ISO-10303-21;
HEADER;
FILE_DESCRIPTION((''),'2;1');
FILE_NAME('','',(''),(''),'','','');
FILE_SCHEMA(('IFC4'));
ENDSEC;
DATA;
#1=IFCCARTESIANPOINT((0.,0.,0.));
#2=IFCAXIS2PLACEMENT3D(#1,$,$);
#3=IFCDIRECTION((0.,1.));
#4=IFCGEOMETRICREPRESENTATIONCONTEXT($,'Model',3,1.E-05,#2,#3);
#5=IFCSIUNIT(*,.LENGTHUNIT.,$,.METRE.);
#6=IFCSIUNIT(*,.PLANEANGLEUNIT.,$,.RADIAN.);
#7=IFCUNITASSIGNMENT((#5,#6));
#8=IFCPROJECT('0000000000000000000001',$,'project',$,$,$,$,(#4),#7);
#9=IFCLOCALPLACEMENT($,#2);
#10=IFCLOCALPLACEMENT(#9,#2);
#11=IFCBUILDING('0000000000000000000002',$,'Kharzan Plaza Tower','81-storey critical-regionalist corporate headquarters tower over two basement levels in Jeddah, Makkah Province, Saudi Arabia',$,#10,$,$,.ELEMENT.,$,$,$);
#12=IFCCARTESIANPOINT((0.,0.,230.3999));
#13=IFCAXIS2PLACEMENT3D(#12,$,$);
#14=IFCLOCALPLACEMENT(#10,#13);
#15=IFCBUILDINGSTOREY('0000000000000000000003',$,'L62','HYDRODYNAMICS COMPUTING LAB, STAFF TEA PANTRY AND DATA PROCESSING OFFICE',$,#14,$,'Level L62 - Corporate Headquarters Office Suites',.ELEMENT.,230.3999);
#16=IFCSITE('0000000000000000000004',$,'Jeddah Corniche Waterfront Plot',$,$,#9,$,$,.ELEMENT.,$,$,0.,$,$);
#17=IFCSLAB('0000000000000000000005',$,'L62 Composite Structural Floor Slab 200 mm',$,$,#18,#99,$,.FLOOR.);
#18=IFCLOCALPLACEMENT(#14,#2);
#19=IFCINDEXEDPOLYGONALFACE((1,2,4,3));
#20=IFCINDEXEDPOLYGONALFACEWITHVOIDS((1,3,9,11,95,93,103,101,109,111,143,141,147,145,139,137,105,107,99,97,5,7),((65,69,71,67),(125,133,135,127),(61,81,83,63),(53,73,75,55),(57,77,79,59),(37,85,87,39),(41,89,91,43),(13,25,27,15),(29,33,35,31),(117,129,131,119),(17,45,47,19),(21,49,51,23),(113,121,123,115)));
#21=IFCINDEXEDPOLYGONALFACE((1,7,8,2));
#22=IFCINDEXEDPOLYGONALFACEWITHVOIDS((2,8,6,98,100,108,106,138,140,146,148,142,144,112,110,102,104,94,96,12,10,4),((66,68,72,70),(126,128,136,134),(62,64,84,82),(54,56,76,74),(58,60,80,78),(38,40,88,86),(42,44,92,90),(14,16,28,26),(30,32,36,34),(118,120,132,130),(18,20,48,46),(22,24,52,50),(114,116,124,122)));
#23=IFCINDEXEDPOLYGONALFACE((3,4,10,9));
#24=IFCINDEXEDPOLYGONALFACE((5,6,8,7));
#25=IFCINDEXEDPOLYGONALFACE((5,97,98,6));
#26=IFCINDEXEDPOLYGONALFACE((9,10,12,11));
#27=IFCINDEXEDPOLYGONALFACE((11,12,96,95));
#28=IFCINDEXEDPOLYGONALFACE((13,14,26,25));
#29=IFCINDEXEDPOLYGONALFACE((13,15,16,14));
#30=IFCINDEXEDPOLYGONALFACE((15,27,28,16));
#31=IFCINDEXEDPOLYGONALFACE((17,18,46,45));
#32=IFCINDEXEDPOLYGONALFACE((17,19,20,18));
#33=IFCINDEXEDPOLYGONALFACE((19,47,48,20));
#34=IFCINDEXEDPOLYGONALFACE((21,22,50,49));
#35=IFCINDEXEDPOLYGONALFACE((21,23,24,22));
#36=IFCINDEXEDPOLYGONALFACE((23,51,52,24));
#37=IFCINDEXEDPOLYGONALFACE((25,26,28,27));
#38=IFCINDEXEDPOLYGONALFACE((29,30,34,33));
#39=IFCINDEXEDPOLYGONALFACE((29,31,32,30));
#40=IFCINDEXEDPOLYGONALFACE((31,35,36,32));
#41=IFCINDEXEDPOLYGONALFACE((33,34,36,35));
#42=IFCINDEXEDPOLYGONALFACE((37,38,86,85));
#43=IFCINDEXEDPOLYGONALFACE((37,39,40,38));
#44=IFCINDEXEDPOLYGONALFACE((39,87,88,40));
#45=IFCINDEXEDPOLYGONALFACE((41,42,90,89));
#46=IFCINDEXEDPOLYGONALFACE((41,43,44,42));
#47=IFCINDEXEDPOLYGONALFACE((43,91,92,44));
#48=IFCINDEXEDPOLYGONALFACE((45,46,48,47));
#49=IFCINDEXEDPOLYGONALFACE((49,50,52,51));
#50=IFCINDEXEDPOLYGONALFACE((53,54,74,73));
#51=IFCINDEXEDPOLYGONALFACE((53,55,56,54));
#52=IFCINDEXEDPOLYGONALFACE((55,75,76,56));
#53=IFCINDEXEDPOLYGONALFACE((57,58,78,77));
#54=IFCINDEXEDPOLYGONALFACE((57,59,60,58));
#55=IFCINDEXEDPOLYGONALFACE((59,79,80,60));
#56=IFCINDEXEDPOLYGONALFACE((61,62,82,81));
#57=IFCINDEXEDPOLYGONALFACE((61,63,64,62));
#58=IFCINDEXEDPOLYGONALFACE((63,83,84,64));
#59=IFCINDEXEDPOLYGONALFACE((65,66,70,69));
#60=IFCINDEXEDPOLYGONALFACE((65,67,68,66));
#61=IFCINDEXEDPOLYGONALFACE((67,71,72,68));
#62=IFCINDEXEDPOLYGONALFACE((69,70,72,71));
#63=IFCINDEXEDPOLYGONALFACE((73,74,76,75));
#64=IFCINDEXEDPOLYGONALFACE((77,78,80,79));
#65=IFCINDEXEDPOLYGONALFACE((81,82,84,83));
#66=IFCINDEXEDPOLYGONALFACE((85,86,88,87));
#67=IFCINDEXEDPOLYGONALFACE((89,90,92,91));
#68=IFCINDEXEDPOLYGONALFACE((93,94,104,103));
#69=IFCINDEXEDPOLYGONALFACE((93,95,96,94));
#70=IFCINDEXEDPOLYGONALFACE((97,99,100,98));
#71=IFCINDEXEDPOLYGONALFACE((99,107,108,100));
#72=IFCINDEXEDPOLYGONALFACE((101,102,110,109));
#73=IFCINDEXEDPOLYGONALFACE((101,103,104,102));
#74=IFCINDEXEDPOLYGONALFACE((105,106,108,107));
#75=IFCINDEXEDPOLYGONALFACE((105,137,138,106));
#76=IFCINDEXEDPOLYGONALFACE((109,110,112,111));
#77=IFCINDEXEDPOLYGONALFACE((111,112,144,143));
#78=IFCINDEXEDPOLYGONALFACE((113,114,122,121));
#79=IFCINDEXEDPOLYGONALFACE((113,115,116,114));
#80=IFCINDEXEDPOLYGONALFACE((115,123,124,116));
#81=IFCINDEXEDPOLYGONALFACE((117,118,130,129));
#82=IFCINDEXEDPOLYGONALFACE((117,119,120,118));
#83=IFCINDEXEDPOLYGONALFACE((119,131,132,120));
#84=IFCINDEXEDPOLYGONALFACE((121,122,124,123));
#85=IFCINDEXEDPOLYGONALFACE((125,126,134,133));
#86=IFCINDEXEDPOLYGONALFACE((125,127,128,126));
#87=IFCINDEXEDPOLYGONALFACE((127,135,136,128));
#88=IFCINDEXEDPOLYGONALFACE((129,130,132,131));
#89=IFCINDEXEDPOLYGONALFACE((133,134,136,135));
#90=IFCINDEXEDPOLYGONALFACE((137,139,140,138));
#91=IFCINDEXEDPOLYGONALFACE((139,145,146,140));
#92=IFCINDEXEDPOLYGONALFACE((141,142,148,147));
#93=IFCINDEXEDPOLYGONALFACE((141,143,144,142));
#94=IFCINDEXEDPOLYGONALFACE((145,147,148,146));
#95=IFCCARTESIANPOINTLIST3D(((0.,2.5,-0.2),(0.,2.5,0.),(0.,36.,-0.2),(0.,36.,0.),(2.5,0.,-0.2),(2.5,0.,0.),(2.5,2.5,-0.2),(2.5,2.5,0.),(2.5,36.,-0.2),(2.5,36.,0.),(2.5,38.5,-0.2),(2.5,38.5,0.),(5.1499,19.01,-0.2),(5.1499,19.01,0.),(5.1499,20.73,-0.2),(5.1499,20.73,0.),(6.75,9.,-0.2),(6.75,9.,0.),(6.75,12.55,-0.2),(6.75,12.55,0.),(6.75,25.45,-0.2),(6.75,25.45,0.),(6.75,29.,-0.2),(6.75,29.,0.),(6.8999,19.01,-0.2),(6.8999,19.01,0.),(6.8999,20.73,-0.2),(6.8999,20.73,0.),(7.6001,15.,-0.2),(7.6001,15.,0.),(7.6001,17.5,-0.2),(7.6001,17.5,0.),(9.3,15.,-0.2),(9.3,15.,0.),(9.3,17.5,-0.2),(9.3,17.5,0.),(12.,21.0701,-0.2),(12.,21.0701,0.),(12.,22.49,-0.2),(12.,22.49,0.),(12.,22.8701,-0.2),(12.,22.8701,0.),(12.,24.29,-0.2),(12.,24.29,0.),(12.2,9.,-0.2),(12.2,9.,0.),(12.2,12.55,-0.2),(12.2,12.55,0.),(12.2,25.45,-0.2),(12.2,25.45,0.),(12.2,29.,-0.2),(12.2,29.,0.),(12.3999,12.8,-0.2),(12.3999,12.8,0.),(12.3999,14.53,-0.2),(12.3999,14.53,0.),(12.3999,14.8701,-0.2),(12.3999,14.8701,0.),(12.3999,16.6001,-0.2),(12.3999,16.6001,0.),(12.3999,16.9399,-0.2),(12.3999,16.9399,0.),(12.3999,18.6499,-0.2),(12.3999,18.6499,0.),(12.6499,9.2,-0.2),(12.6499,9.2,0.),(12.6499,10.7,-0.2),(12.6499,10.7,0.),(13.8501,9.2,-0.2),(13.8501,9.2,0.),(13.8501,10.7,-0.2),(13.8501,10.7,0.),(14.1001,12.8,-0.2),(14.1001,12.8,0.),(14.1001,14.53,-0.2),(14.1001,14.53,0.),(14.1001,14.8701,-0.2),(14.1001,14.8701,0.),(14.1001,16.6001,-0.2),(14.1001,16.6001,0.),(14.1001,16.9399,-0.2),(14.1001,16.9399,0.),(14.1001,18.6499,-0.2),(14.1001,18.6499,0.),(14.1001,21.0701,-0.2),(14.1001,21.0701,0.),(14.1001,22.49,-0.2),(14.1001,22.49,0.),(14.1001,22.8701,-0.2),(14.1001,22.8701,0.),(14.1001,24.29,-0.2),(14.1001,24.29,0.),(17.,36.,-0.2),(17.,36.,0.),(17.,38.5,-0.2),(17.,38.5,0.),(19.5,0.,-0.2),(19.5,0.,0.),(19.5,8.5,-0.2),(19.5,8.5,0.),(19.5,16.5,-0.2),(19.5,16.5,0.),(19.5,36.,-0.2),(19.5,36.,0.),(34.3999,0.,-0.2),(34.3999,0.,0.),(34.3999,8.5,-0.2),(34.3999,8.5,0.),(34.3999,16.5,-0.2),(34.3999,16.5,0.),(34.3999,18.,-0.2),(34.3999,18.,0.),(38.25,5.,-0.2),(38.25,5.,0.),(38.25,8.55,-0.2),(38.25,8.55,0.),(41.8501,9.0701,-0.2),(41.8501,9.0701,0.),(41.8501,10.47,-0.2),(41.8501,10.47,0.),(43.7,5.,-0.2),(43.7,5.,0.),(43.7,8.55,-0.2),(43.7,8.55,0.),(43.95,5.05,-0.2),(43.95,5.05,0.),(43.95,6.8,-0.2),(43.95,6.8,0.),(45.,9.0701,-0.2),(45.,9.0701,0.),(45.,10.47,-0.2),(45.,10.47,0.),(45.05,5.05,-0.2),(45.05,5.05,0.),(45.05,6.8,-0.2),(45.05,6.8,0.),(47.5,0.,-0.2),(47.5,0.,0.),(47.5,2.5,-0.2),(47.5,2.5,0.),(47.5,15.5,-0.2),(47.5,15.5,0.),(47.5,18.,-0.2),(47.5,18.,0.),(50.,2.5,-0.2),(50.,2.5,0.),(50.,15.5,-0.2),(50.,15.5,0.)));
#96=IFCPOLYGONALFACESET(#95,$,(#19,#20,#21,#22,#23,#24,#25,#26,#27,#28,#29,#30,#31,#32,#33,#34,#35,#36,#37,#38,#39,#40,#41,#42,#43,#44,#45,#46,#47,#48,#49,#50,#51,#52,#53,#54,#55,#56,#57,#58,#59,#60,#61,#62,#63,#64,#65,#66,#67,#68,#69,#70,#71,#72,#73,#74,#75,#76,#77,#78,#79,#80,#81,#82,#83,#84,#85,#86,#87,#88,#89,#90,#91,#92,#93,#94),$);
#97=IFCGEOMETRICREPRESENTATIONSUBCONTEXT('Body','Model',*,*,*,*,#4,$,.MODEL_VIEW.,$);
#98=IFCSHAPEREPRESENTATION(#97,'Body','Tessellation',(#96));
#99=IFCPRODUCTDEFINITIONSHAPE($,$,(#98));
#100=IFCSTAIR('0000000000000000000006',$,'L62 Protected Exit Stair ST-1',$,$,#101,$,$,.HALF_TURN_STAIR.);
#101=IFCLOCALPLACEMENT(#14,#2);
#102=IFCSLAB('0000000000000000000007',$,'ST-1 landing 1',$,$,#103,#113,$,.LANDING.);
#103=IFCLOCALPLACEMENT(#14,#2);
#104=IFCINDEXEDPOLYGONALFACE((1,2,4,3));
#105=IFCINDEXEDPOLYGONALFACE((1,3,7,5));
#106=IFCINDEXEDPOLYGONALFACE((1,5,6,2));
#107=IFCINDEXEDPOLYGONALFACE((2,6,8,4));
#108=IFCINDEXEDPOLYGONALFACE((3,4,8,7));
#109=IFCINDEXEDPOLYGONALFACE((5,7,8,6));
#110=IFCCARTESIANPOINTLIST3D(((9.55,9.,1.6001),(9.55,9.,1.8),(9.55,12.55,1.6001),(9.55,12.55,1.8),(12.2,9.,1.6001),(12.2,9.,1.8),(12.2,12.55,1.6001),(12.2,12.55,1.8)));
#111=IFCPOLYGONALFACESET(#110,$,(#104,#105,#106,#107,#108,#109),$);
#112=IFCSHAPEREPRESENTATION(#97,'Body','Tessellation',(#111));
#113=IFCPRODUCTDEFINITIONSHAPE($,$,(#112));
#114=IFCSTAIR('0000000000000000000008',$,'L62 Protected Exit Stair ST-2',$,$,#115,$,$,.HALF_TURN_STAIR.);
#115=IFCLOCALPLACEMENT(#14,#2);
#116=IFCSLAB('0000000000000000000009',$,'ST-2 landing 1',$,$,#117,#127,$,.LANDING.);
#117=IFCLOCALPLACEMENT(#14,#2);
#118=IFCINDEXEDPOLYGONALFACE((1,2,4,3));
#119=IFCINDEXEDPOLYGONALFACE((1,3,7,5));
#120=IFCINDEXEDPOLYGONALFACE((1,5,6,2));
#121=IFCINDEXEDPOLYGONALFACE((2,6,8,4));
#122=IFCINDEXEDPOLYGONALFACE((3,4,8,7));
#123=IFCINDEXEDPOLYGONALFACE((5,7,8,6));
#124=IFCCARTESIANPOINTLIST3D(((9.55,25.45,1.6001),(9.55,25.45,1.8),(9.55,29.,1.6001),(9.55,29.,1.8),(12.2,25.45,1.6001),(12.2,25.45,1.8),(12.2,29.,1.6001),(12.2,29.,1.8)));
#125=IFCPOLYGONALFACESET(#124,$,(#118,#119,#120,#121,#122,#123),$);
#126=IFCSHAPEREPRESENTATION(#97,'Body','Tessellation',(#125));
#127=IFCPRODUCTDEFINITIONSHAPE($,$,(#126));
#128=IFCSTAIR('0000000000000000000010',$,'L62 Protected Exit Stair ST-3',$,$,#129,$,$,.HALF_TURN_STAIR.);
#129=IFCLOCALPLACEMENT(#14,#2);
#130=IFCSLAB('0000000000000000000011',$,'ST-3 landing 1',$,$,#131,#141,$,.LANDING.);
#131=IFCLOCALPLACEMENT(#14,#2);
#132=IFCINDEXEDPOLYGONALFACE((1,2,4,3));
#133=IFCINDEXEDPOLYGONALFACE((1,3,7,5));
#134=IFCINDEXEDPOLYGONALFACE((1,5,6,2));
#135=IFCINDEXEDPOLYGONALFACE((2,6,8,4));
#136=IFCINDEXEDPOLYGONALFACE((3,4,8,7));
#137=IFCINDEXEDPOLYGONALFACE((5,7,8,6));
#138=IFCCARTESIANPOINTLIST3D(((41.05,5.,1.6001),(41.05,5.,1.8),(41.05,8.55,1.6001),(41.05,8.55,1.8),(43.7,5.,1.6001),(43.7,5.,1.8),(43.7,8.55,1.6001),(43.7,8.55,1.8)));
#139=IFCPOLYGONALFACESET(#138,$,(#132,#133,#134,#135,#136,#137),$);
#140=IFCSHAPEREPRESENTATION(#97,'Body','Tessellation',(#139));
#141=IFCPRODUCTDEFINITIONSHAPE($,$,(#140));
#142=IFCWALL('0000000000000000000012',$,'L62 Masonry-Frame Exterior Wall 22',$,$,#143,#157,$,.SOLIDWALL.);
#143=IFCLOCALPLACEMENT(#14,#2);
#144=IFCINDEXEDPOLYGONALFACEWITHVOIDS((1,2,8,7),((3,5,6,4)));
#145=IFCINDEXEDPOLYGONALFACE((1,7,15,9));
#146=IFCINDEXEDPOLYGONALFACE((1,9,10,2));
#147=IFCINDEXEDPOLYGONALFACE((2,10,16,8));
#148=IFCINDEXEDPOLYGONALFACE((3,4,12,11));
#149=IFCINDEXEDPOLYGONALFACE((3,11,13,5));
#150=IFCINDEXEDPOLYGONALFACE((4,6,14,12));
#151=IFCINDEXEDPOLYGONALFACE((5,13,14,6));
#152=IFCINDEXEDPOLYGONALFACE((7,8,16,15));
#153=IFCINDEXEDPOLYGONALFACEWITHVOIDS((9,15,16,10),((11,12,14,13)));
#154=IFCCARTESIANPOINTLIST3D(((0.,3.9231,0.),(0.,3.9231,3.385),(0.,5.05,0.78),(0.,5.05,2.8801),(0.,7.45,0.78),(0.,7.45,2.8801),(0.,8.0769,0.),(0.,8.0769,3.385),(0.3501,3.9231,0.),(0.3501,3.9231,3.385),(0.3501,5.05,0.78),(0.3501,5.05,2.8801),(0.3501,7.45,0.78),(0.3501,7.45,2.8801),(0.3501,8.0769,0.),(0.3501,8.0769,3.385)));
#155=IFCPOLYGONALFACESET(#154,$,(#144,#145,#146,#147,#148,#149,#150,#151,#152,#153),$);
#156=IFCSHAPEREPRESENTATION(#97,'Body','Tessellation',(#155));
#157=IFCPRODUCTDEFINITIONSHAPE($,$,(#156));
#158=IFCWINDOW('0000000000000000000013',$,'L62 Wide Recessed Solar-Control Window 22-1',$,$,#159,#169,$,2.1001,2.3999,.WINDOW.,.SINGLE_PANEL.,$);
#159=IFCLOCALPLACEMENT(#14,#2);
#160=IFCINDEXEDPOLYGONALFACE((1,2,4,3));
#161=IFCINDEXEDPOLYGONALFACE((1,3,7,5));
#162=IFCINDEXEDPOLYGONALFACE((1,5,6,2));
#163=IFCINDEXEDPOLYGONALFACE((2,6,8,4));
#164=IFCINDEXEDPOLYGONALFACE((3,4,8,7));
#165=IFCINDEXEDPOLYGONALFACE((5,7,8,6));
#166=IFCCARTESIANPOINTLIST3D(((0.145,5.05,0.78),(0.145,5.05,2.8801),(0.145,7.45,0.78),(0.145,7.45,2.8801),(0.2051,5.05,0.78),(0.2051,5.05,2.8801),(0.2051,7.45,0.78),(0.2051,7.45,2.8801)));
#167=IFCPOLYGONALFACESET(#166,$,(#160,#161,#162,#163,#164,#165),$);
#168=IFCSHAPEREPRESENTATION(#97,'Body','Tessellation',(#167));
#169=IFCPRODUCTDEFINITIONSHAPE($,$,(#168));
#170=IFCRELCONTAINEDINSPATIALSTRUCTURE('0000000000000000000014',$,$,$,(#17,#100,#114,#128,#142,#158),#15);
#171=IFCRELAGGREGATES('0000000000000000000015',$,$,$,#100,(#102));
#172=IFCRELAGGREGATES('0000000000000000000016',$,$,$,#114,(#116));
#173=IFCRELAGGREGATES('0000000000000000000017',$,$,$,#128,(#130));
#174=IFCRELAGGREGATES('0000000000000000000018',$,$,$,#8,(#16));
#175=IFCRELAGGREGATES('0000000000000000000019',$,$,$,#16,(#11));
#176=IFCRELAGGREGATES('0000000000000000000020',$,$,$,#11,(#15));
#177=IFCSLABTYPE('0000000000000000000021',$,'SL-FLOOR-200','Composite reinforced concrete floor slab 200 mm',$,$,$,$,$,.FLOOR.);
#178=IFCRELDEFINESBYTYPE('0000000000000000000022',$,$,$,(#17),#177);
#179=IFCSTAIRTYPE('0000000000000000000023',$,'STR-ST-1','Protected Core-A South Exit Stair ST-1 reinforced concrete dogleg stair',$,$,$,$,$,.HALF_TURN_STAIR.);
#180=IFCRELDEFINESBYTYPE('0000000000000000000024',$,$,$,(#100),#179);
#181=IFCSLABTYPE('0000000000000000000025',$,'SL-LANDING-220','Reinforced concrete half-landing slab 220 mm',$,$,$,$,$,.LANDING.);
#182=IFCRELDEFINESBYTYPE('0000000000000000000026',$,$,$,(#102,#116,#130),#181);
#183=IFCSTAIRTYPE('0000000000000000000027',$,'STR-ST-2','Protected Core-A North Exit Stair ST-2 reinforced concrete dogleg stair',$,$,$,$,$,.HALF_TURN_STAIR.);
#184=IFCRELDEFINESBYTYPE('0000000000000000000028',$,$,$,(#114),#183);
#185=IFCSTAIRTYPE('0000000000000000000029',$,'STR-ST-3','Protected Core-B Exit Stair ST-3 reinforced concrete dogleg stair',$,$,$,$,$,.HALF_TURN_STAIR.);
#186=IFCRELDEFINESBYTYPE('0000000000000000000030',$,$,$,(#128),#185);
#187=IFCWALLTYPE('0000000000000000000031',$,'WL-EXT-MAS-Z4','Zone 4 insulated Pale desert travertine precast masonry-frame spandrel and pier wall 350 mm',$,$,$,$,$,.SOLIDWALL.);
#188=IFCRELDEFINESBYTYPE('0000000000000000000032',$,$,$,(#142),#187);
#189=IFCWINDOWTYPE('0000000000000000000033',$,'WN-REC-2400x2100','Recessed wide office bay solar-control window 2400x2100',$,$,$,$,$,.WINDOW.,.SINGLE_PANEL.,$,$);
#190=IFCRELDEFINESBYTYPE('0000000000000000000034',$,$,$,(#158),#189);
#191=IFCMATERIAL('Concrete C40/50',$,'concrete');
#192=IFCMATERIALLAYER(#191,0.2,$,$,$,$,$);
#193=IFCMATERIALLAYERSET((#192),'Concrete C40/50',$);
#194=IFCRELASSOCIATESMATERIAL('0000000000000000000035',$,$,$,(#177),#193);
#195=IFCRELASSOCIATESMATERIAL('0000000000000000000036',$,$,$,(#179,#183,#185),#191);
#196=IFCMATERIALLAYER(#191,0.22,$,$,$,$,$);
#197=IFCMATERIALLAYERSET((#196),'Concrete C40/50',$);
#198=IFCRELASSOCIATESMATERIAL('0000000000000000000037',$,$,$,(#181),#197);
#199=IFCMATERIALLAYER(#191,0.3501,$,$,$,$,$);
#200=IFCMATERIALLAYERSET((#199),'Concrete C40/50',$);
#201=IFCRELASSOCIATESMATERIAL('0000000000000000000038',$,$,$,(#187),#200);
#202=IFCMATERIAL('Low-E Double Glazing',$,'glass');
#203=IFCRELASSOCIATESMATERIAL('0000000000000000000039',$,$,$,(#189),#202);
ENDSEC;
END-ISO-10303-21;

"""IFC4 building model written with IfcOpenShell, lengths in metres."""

from ifc_helpers import new_model, si_unit, direction, frame, frame_2d, origin, place, context, subcontext, project, spatial, polyline, rectangle, outline, extrude, source, transform, mapped, material, layer, layer_set, type_object, element, fill, aggregate, save


model = new_model("IFC4")

# Units and contexts
model_context = context("Model", 3, precision=1e-05, world=origin(), true_north=direction((0.0, 1.0)))
body_context = subcontext(model_context, "Body", "Model", "MODEL_VIEW")
ifc_project = project(units=[si_unit("LENGTHUNIT", "METRE"), si_unit("PLANEANGLEUNIT", "RADIAN")], contexts=[model_context])

# Site, building, storey
site_placement = place(None, origin())
site = spatial("IfcSite", under=ifc_project, at=site_placement, Name="Jeddah Corniche Waterfront Plot", CompositionType="ELEMENT", RefElevation=0.0)
building_placement = place(site_placement, origin())
building = spatial("IfcBuilding", under=site, at=building_placement, Name="Kharzan Plaza Tower", Description="81-storey critical-regionalist corporate headquarters tower over two basement levels in Jeddah, Makkah Province, Saudi Arabia", CompositionType="ELEMENT")
storey_placement = place(building_placement, frame((0.0, 0.0, 230.3999)))
storey = spatial("IfcBuildingStorey", under=building, at=storey_placement, Name="L62", Description="HYDRODYNAMICS COMPUTING LAB, STAFF TEA PANTRY AND DATA PROCESSING OFFICE", LongName="Level L62 - Corporate Headquarters Office Suites", CompositionType="ELEMENT", Elevation=230.3999)

# Slab
ifc_material_1 = material(Name="Concrete C40/50", Category="concrete")
ifc_layer_1 = layer(ifc_material_1, 0.2)
ifc_layer_set_1 = layer_set([ifc_layer_1], Name="Concrete C40/50")
slab_type_1 = type_object("IfcSlabType", Name="SL-FLOOR-200", Description="Composite reinforced concrete floor slab 200 mm", PredefinedType="FLOOR", material=ifc_layer_set_1)
slab_1_placement = place(storey_placement, frame((0.0, 0.0, -0.2)))
element("IfcSlab", 1, at=slab_1_placement, inside=storey, type_object=slab_type_1, Name="L62 Composite Structural Floor Slab 200 mm", PredefinedType="FLOOR", context=body_context, shape_type="SweptSolid", body=[
    extrude(outline(polyline([(34.3999, 16.5), (19.5, 16.5), (19.5, 36.0), (17.0, 36.0), (17.0, 38.5), (2.5, 38.5), (2.5, 36.0), (0.0, 36.0), (0.0, 2.5), (2.5, 2.5), (2.5, 0.0), (19.5, 0.0), (19.5, 8.5), (34.3999, 8.5), (34.3999, 0.0), (47.5, 0.0), (47.5, 2.5), (50.0, 2.5), (50.0, 15.5), (47.5, 15.5), (47.5, 18.0), (34.3999, 18.0), (34.3999, 16.5)]), holes=[polyline([(12.2, 12.55), (6.75, 12.55), (6.75, 9.0), (12.2, 9.0), (12.2, 12.55)]), polyline([(14.1001, 12.8), (14.1001, 14.53), (12.3999, 14.53), (12.3999, 12.8), (14.1001, 12.8)]), polyline([(9.3, 15.0), (9.3, 17.5), (7.6001, 17.5), (7.6001, 15.0), (9.3, 15.0)]), polyline([(6.8999, 20.73), (5.1499, 20.73), (5.1499, 19.01), (6.8999, 19.01), (6.8999, 20.73)]), polyline([(14.1001, 21.0701), (14.1001, 22.49), (12.0, 22.49), (12.0, 21.0701), (14.1001, 21.0701)]), polyline([(14.1001, 22.8701), (14.1001, 24.29), (12.0, 24.29), (12.0, 22.8701), (14.1001, 22.8701)]), polyline([(12.2, 29.0), (6.75, 29.0), (6.75, 25.45), (12.2, 25.45), (12.2, 29.0)]), polyline([(45.05, 5.05), (45.05, 6.8), (43.95, 6.8), (43.95, 5.05), (45.05, 5.05)]), polyline([(43.7, 5.0), (43.7, 8.55), (38.25, 8.55), (38.25, 5.0), (43.7, 5.0)]), polyline([(45.0, 9.0701), (45.0, 10.47), (41.8501, 10.47), (41.8501, 9.0701), (45.0, 9.0701)]), polyline([(13.8501, 9.2), (13.8501, 10.7), (12.6499, 10.7), (12.6499, 9.2), (13.8501, 9.2)]), polyline([(14.1001, 14.8701), (14.1001, 16.6001), (12.3999, 16.6001), (12.3999, 14.8701), (14.1001, 14.8701)]), polyline([(14.1001, 16.9399), (14.1001, 18.6499), (12.3999, 18.6499), (12.3999, 16.9399), (14.1001, 16.9399)])]), origin(), (0.0, 0.0, 1.0), 0.2),
])

# Stairs, slabs
stair_type_1 = type_object("IfcStairType", Name="STR-ST-1", Description="Protected Core-A South Exit Stair ST-1 reinforced concrete dogleg stair", PredefinedType="HALF_TURN_STAIR", material=ifc_material_1)
stair_1_placement = place(storey_placement, origin())
stair_1 = element("IfcStair", 2, at=stair_1_placement, inside=storey, type_object=stair_type_1, Name="L62 Protected Exit Stair ST-1", PredefinedType="HALF_TURN_STAIR")
ifc_layer_2 = layer(ifc_material_1, 0.22)
ifc_layer_set_2 = layer_set([ifc_layer_2], Name="Concrete C40/50")
slab_type_2 = type_object("IfcSlabType", Name="SL-LANDING-220", Description="Reinforced concrete half-landing slab 220 mm", PredefinedType="LANDING", material=ifc_layer_set_2)
slab_2_placement = place(storey_placement, frame((0.0, 0.0, 1.6001)))
slab_2 = element("IfcSlab", 3, at=slab_2_placement, type_object=slab_type_2, Name="ST-1 landing 1", PredefinedType="LANDING", context=body_context, shape_type="SweptSolid", body=[
    extrude(outline(polyline([(9.55, 9.0), (12.2, 9.0), (12.2, 12.55), (9.55, 12.55), (9.55, 9.0)])), origin(), (0.0, 0.0, 1.0), 0.2),
])
aggregate(stair_1, [slab_2])
stair_type_2 = type_object("IfcStairType", Name="STR-ST-2", Description="Protected Core-A North Exit Stair ST-2 reinforced concrete dogleg stair", PredefinedType="HALF_TURN_STAIR", material=ifc_material_1)
stair_2_placement = place(storey_placement, origin())
stair_2 = element("IfcStair", 4, at=stair_2_placement, inside=storey, type_object=stair_type_2, Name="L62 Protected Exit Stair ST-2", PredefinedType="HALF_TURN_STAIR")
slab_3_placement = place(storey_placement, frame((0.0, 0.0, 1.6001)))
slab_3 = element("IfcSlab", 5, at=slab_3_placement, type_object=slab_type_2, Name="ST-2 landing 1", PredefinedType="LANDING", context=body_context, shape_type="SweptSolid", body=[
    extrude(outline(polyline([(9.55, 25.45), (12.2, 25.45), (12.2, 29.0), (9.55, 29.0), (9.55, 25.45)])), origin(), (0.0, 0.0, 1.0), 0.2),
])
aggregate(stair_2, [slab_3])
stair_type_3 = type_object("IfcStairType", Name="STR-ST-3", Description="Protected Core-B Exit Stair ST-3 reinforced concrete dogleg stair", PredefinedType="HALF_TURN_STAIR", material=ifc_material_1)
stair_3_placement = place(storey_placement, origin())
stair_3 = element("IfcStair", 6, at=stair_3_placement, inside=storey, type_object=stair_type_3, Name="L62 Protected Exit Stair ST-3", PredefinedType="HALF_TURN_STAIR")
slab_4_placement = place(storey_placement, frame((0.0, 0.0, 1.6001)))
slab_4 = element("IfcSlab", 7, at=slab_4_placement, type_object=slab_type_2, Name="ST-3 landing 1", PredefinedType="LANDING", context=body_context, shape_type="SweptSolid", body=[
    extrude(outline(polyline([(41.05, 5.0), (43.7, 5.0), (43.7, 8.55), (41.05, 8.55), (41.05, 5.0)])), origin(), (0.0, 0.0, 1.0), 0.2),
])
aggregate(stair_3, [slab_4])

# Wall, opening, window
ifc_layer_3 = layer(ifc_material_1, 0.3501)
ifc_layer_set_3 = layer_set([ifc_layer_3], Name="Concrete C40/50")
wall_type_1 = type_object("IfcWallType", Name="WL-EXT-MAS-Z4", Description="Zone 4 insulated Pale desert travertine precast masonry-frame spandrel and pier wall 350 mm", PredefinedType="SOLIDWALL", material=ifc_layer_set_3)
wall_1_placement = place(storey_placement, frame((0.175, 8.0769, 0.0), z_axis=(0.0, 0.0, 1.0), x_axis=(0.0, -1.0, 0.0)))
wall_1 = element("IfcWall", 8, at=wall_1_placement, inside=storey, type_object=wall_type_1, Name="L62 Masonry-Frame Exterior Wall 22", PredefinedType="SOLIDWALL", context=body_context, shape_type="SweptSolid", body=[
    extrude(rectangle(XDim=4.1538, YDim=0.3501, at=frame_2d((2.0769, 0.0))), origin(), (0.0, 0.0, 1.0), 3.385),
])
opening_1_placement = place(wall_1_placement, frame((0.627, 0.0, 0.78)))
opening_1 = element("IfcOpeningElement", 9, at=opening_1_placement, cuts=wall_1, PredefinedType="OPENING", context=body_context, shape_type="SweptSolid", body=[
    extrude(rectangle(XDim=2.3999, YDim=2.1001, at=frame_2d((1.2, 1.05))), frame((0.0, 0.1851, 0.0), z_axis=(0.0, -1.0, 0.0), x_axis=(1.0, 0.0, 0.0)), (0.0, 0.0, 1.0), 0.3701),
])
ifc_material_2 = material(Name="Low-E Double Glazing", Category="glass")
window_type_1 = type_object("IfcWindowType", Name="WN-REC-2400x2100", Description="Recessed wide office bay solar-control window 2400x2100", PartitioningType="SINGLE_PANEL", PredefinedType="WINDOW", material=ifc_material_2)
shared_shape_1 = source(origin(), body_context, "Body", "SweptSolid", [
    extrude(rectangle(XDim=2.3999, YDim=2.1001, at=frame_2d((1.2, 1.05))), frame((0.0, 0.03, 0.0), z_axis=(0.0, -1.0, 0.0), x_axis=(1.0, 0.0, 0.0)), (0.0, 0.0, 1.0), 0.0601),
])
window_1_placement = place(opening_1_placement, origin())
window_1 = element("IfcWindow", 10, at=window_1_placement, inside=storey, type_object=window_type_1, Name="L62 Wide Recessed Solar-Control Window 22-1", OverallHeight=2.1001, OverallWidth=2.3999, PartitioningType="SINGLE_PANEL", PredefinedType="WINDOW", context=body_context, shape_type="MappedRepresentation", body=[
    mapped(shared_shape_1, transform((0.0, 0.0, 0.0), x_axis=(1.0, 0.0, 0.0), y_axis=(0.0, 1.0, 0.0), z_axis=(0.0, 0.0, 1.0))),
])
fill(opening_1, window_1)

save(model, "model.ifc")
